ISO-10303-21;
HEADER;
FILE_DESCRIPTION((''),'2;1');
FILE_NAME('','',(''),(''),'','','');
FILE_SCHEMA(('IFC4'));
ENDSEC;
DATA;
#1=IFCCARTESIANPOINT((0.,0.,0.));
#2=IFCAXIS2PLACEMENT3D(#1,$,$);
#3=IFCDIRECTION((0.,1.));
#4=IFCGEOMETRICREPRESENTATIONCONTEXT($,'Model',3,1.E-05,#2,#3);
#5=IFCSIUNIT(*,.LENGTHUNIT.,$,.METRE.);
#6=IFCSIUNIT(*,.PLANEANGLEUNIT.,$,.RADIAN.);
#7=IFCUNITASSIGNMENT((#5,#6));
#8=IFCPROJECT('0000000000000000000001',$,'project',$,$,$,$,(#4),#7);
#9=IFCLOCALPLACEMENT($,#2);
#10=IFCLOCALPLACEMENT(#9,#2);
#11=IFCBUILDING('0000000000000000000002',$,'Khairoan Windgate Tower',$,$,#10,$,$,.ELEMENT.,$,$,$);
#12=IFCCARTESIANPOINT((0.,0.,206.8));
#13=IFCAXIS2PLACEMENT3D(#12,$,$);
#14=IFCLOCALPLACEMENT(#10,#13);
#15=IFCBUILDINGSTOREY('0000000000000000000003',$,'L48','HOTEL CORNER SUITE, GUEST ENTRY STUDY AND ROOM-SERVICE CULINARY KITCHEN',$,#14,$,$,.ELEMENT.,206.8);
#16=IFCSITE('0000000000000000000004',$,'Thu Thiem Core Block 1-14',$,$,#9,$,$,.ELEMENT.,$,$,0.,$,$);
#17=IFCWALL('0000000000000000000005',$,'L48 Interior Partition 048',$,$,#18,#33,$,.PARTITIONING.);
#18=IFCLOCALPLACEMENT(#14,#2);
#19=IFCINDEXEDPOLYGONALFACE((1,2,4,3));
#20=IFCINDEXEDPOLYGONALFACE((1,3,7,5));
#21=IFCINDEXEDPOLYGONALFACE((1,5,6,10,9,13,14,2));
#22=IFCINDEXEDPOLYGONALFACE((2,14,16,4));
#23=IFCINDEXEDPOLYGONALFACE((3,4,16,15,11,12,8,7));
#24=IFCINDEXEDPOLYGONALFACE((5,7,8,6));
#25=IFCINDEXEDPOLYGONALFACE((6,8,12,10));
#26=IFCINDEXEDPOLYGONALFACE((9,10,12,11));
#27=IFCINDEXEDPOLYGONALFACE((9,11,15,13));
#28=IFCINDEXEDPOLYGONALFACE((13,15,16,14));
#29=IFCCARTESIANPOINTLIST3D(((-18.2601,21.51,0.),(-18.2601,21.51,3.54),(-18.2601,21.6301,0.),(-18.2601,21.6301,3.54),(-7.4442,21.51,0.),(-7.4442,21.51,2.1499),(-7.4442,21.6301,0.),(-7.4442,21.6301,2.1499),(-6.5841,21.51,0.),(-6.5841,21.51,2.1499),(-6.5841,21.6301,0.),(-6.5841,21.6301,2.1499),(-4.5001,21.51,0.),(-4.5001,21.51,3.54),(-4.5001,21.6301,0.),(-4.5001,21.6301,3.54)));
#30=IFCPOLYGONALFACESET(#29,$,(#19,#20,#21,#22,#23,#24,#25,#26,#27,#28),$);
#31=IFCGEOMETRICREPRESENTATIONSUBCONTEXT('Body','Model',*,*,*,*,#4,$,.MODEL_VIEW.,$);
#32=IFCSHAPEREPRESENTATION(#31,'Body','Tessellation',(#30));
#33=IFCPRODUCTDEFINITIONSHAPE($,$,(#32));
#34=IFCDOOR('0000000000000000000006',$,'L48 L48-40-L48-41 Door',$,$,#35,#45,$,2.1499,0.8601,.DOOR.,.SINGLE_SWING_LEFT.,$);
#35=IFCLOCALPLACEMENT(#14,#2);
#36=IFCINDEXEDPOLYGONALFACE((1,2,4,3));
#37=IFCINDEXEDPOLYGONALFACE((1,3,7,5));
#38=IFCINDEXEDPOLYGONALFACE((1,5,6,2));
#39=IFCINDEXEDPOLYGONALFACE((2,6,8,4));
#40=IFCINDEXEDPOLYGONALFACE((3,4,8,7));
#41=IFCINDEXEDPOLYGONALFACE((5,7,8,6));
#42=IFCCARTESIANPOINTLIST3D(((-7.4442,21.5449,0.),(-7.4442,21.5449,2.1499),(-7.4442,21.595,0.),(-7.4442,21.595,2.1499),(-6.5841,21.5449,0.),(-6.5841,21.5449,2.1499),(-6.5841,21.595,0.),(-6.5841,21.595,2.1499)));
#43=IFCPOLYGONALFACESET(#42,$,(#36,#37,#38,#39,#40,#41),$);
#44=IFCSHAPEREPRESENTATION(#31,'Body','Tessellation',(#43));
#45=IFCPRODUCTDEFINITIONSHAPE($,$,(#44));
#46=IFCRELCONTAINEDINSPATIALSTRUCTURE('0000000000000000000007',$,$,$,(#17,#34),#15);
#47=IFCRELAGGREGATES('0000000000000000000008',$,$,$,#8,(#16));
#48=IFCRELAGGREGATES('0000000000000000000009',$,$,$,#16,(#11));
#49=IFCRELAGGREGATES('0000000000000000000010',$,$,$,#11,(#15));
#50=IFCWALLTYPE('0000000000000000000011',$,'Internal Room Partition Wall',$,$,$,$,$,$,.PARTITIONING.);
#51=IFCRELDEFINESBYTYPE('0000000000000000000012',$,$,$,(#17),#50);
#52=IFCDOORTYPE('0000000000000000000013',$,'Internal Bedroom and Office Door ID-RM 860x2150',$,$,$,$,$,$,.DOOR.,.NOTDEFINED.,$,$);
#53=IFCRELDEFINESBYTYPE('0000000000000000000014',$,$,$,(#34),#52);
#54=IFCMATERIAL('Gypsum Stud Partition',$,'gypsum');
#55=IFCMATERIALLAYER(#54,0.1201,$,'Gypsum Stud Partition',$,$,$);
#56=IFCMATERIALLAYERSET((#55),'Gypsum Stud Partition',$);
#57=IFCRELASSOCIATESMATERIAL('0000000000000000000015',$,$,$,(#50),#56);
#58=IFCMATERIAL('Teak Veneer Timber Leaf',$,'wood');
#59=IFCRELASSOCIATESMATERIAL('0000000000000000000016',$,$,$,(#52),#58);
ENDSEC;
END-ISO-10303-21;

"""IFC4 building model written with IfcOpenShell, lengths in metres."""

from ifc_helpers import new_model, si_unit, direction, frame, frame_2d, origin, place, context, subcontext, project, spatial, rectangle, extrude, material, layer, layer_set, type_object, element, fill, save


model = new_model("IFC4")

# Units and contexts
model_context = context("Model", 3, precision=1e-05, world=origin(), true_north=direction((0.0, 1.0)))
body_context = subcontext(model_context, "Body", "Model", "MODEL_VIEW")
ifc_project = project(units=[si_unit("LENGTHUNIT", "METRE"), si_unit("PLANEANGLEUNIT", "RADIAN")], contexts=[model_context])

# Site, building, storey
site_placement = place(None, origin())
site = spatial("IfcSite", under=ifc_project, at=site_placement, Name="Thu Thiem Core Block 1-14", CompositionType="ELEMENT", RefElevation=0.0)
building_placement = place(site_placement, origin())
building = spatial("IfcBuilding", under=site, at=building_placement, Name="Khairoan Windgate Tower", CompositionType="ELEMENT")
storey_placement = place(building_placement, frame((0.0, 0.0, 206.8)))
storey = spatial("IfcBuildingStorey", under=building, at=storey_placement, Name="L48", Description="HOTEL CORNER SUITE, GUEST ENTRY STUDY AND ROOM-SERVICE CULINARY KITCHEN", CompositionType="ELEMENT", Elevation=206.8)

# Wall, opening, door
ifc_material_1 = material(Name="Gypsum Stud Partition", Category="gypsum")
ifc_layer_1 = layer(ifc_material_1, 0.1201, Name="Gypsum Stud Partition")
ifc_layer_set_1 = layer_set([ifc_layer_1], Name="Gypsum Stud Partition")
wall_type_1 = type_object("IfcWallType", Name="Internal Room Partition Wall", PredefinedType="PARTITIONING", material=ifc_layer_set_1)
wall_1_placement = place(storey_placement, frame((-18.26, 21.5701, 0.0), z_axis=(0.0, 0.0, 1.0), x_axis=(1.0, 0.0, 0.0)))
wall_1 = element("IfcWall", 1, at=wall_1_placement, inside=storey, type_object=wall_type_1, Name="L48 Interior Partition 048", PredefinedType="PARTITIONING", context=body_context, shape_type="SweptSolid", body=[
    extrude(rectangle(XDim=13.76, YDim=0.1201, at=frame_2d((6.8799, 0.0))), origin(), (0.0, 0.0, 1.0), 3.54),
])
opening_1_placement = place(wall_1_placement, frame((10.8157, 0.0, 0.0)))
opening_1 = element("IfcOpeningElement", 2, at=opening_1_placement, cuts=wall_1, PredefinedType="OPENING", context=body_context, shape_type="SweptSolid", body=[
    extrude(rectangle(XDim=0.8601, YDim=2.1499, at=frame_2d((0.4302, 1.075))), frame((0.0, 0.0701, 0.0), z_axis=(0.0, -1.0, 0.0), x_axis=(1.0, 0.0, 0.0)), (0.0, 0.0, 1.0), 0.1401),
])
ifc_material_2 = material(Name="Teak Veneer Timber Leaf", Category="wood")
door_type_1 = type_object("IfcDoorType", Name="Internal Bedroom and Office Door ID-RM 860x2150", OperationType="NOTDEFINED", PredefinedType="DOOR", material=ifc_material_2)
door_1_placement = place(opening_1_placement, origin())
door_1 = element("IfcDoor", 3, at=door_1_placement, inside=storey, type_object=door_type_1, Name="L48 L48-40-L48-41 Door", OperationType="SINGLE_SWING_LEFT", OverallHeight=2.1499, OverallWidth=0.8601, PredefinedType="DOOR", context=body_context, shape_type="SweptSolid", body=[
    extrude(rectangle(XDim=0.8601, YDim=2.1499, at=frame_2d((0.4302, 1.075))), frame((0.0, 0.0249, 0.0), z_axis=(0.0, -1.0, 0.0), x_axis=(1.0, 0.0, 0.0)), (0.0, 0.0, 1.0), 0.05),
])
fill(opening_1, door_1)

save(model, "model.ifc")
